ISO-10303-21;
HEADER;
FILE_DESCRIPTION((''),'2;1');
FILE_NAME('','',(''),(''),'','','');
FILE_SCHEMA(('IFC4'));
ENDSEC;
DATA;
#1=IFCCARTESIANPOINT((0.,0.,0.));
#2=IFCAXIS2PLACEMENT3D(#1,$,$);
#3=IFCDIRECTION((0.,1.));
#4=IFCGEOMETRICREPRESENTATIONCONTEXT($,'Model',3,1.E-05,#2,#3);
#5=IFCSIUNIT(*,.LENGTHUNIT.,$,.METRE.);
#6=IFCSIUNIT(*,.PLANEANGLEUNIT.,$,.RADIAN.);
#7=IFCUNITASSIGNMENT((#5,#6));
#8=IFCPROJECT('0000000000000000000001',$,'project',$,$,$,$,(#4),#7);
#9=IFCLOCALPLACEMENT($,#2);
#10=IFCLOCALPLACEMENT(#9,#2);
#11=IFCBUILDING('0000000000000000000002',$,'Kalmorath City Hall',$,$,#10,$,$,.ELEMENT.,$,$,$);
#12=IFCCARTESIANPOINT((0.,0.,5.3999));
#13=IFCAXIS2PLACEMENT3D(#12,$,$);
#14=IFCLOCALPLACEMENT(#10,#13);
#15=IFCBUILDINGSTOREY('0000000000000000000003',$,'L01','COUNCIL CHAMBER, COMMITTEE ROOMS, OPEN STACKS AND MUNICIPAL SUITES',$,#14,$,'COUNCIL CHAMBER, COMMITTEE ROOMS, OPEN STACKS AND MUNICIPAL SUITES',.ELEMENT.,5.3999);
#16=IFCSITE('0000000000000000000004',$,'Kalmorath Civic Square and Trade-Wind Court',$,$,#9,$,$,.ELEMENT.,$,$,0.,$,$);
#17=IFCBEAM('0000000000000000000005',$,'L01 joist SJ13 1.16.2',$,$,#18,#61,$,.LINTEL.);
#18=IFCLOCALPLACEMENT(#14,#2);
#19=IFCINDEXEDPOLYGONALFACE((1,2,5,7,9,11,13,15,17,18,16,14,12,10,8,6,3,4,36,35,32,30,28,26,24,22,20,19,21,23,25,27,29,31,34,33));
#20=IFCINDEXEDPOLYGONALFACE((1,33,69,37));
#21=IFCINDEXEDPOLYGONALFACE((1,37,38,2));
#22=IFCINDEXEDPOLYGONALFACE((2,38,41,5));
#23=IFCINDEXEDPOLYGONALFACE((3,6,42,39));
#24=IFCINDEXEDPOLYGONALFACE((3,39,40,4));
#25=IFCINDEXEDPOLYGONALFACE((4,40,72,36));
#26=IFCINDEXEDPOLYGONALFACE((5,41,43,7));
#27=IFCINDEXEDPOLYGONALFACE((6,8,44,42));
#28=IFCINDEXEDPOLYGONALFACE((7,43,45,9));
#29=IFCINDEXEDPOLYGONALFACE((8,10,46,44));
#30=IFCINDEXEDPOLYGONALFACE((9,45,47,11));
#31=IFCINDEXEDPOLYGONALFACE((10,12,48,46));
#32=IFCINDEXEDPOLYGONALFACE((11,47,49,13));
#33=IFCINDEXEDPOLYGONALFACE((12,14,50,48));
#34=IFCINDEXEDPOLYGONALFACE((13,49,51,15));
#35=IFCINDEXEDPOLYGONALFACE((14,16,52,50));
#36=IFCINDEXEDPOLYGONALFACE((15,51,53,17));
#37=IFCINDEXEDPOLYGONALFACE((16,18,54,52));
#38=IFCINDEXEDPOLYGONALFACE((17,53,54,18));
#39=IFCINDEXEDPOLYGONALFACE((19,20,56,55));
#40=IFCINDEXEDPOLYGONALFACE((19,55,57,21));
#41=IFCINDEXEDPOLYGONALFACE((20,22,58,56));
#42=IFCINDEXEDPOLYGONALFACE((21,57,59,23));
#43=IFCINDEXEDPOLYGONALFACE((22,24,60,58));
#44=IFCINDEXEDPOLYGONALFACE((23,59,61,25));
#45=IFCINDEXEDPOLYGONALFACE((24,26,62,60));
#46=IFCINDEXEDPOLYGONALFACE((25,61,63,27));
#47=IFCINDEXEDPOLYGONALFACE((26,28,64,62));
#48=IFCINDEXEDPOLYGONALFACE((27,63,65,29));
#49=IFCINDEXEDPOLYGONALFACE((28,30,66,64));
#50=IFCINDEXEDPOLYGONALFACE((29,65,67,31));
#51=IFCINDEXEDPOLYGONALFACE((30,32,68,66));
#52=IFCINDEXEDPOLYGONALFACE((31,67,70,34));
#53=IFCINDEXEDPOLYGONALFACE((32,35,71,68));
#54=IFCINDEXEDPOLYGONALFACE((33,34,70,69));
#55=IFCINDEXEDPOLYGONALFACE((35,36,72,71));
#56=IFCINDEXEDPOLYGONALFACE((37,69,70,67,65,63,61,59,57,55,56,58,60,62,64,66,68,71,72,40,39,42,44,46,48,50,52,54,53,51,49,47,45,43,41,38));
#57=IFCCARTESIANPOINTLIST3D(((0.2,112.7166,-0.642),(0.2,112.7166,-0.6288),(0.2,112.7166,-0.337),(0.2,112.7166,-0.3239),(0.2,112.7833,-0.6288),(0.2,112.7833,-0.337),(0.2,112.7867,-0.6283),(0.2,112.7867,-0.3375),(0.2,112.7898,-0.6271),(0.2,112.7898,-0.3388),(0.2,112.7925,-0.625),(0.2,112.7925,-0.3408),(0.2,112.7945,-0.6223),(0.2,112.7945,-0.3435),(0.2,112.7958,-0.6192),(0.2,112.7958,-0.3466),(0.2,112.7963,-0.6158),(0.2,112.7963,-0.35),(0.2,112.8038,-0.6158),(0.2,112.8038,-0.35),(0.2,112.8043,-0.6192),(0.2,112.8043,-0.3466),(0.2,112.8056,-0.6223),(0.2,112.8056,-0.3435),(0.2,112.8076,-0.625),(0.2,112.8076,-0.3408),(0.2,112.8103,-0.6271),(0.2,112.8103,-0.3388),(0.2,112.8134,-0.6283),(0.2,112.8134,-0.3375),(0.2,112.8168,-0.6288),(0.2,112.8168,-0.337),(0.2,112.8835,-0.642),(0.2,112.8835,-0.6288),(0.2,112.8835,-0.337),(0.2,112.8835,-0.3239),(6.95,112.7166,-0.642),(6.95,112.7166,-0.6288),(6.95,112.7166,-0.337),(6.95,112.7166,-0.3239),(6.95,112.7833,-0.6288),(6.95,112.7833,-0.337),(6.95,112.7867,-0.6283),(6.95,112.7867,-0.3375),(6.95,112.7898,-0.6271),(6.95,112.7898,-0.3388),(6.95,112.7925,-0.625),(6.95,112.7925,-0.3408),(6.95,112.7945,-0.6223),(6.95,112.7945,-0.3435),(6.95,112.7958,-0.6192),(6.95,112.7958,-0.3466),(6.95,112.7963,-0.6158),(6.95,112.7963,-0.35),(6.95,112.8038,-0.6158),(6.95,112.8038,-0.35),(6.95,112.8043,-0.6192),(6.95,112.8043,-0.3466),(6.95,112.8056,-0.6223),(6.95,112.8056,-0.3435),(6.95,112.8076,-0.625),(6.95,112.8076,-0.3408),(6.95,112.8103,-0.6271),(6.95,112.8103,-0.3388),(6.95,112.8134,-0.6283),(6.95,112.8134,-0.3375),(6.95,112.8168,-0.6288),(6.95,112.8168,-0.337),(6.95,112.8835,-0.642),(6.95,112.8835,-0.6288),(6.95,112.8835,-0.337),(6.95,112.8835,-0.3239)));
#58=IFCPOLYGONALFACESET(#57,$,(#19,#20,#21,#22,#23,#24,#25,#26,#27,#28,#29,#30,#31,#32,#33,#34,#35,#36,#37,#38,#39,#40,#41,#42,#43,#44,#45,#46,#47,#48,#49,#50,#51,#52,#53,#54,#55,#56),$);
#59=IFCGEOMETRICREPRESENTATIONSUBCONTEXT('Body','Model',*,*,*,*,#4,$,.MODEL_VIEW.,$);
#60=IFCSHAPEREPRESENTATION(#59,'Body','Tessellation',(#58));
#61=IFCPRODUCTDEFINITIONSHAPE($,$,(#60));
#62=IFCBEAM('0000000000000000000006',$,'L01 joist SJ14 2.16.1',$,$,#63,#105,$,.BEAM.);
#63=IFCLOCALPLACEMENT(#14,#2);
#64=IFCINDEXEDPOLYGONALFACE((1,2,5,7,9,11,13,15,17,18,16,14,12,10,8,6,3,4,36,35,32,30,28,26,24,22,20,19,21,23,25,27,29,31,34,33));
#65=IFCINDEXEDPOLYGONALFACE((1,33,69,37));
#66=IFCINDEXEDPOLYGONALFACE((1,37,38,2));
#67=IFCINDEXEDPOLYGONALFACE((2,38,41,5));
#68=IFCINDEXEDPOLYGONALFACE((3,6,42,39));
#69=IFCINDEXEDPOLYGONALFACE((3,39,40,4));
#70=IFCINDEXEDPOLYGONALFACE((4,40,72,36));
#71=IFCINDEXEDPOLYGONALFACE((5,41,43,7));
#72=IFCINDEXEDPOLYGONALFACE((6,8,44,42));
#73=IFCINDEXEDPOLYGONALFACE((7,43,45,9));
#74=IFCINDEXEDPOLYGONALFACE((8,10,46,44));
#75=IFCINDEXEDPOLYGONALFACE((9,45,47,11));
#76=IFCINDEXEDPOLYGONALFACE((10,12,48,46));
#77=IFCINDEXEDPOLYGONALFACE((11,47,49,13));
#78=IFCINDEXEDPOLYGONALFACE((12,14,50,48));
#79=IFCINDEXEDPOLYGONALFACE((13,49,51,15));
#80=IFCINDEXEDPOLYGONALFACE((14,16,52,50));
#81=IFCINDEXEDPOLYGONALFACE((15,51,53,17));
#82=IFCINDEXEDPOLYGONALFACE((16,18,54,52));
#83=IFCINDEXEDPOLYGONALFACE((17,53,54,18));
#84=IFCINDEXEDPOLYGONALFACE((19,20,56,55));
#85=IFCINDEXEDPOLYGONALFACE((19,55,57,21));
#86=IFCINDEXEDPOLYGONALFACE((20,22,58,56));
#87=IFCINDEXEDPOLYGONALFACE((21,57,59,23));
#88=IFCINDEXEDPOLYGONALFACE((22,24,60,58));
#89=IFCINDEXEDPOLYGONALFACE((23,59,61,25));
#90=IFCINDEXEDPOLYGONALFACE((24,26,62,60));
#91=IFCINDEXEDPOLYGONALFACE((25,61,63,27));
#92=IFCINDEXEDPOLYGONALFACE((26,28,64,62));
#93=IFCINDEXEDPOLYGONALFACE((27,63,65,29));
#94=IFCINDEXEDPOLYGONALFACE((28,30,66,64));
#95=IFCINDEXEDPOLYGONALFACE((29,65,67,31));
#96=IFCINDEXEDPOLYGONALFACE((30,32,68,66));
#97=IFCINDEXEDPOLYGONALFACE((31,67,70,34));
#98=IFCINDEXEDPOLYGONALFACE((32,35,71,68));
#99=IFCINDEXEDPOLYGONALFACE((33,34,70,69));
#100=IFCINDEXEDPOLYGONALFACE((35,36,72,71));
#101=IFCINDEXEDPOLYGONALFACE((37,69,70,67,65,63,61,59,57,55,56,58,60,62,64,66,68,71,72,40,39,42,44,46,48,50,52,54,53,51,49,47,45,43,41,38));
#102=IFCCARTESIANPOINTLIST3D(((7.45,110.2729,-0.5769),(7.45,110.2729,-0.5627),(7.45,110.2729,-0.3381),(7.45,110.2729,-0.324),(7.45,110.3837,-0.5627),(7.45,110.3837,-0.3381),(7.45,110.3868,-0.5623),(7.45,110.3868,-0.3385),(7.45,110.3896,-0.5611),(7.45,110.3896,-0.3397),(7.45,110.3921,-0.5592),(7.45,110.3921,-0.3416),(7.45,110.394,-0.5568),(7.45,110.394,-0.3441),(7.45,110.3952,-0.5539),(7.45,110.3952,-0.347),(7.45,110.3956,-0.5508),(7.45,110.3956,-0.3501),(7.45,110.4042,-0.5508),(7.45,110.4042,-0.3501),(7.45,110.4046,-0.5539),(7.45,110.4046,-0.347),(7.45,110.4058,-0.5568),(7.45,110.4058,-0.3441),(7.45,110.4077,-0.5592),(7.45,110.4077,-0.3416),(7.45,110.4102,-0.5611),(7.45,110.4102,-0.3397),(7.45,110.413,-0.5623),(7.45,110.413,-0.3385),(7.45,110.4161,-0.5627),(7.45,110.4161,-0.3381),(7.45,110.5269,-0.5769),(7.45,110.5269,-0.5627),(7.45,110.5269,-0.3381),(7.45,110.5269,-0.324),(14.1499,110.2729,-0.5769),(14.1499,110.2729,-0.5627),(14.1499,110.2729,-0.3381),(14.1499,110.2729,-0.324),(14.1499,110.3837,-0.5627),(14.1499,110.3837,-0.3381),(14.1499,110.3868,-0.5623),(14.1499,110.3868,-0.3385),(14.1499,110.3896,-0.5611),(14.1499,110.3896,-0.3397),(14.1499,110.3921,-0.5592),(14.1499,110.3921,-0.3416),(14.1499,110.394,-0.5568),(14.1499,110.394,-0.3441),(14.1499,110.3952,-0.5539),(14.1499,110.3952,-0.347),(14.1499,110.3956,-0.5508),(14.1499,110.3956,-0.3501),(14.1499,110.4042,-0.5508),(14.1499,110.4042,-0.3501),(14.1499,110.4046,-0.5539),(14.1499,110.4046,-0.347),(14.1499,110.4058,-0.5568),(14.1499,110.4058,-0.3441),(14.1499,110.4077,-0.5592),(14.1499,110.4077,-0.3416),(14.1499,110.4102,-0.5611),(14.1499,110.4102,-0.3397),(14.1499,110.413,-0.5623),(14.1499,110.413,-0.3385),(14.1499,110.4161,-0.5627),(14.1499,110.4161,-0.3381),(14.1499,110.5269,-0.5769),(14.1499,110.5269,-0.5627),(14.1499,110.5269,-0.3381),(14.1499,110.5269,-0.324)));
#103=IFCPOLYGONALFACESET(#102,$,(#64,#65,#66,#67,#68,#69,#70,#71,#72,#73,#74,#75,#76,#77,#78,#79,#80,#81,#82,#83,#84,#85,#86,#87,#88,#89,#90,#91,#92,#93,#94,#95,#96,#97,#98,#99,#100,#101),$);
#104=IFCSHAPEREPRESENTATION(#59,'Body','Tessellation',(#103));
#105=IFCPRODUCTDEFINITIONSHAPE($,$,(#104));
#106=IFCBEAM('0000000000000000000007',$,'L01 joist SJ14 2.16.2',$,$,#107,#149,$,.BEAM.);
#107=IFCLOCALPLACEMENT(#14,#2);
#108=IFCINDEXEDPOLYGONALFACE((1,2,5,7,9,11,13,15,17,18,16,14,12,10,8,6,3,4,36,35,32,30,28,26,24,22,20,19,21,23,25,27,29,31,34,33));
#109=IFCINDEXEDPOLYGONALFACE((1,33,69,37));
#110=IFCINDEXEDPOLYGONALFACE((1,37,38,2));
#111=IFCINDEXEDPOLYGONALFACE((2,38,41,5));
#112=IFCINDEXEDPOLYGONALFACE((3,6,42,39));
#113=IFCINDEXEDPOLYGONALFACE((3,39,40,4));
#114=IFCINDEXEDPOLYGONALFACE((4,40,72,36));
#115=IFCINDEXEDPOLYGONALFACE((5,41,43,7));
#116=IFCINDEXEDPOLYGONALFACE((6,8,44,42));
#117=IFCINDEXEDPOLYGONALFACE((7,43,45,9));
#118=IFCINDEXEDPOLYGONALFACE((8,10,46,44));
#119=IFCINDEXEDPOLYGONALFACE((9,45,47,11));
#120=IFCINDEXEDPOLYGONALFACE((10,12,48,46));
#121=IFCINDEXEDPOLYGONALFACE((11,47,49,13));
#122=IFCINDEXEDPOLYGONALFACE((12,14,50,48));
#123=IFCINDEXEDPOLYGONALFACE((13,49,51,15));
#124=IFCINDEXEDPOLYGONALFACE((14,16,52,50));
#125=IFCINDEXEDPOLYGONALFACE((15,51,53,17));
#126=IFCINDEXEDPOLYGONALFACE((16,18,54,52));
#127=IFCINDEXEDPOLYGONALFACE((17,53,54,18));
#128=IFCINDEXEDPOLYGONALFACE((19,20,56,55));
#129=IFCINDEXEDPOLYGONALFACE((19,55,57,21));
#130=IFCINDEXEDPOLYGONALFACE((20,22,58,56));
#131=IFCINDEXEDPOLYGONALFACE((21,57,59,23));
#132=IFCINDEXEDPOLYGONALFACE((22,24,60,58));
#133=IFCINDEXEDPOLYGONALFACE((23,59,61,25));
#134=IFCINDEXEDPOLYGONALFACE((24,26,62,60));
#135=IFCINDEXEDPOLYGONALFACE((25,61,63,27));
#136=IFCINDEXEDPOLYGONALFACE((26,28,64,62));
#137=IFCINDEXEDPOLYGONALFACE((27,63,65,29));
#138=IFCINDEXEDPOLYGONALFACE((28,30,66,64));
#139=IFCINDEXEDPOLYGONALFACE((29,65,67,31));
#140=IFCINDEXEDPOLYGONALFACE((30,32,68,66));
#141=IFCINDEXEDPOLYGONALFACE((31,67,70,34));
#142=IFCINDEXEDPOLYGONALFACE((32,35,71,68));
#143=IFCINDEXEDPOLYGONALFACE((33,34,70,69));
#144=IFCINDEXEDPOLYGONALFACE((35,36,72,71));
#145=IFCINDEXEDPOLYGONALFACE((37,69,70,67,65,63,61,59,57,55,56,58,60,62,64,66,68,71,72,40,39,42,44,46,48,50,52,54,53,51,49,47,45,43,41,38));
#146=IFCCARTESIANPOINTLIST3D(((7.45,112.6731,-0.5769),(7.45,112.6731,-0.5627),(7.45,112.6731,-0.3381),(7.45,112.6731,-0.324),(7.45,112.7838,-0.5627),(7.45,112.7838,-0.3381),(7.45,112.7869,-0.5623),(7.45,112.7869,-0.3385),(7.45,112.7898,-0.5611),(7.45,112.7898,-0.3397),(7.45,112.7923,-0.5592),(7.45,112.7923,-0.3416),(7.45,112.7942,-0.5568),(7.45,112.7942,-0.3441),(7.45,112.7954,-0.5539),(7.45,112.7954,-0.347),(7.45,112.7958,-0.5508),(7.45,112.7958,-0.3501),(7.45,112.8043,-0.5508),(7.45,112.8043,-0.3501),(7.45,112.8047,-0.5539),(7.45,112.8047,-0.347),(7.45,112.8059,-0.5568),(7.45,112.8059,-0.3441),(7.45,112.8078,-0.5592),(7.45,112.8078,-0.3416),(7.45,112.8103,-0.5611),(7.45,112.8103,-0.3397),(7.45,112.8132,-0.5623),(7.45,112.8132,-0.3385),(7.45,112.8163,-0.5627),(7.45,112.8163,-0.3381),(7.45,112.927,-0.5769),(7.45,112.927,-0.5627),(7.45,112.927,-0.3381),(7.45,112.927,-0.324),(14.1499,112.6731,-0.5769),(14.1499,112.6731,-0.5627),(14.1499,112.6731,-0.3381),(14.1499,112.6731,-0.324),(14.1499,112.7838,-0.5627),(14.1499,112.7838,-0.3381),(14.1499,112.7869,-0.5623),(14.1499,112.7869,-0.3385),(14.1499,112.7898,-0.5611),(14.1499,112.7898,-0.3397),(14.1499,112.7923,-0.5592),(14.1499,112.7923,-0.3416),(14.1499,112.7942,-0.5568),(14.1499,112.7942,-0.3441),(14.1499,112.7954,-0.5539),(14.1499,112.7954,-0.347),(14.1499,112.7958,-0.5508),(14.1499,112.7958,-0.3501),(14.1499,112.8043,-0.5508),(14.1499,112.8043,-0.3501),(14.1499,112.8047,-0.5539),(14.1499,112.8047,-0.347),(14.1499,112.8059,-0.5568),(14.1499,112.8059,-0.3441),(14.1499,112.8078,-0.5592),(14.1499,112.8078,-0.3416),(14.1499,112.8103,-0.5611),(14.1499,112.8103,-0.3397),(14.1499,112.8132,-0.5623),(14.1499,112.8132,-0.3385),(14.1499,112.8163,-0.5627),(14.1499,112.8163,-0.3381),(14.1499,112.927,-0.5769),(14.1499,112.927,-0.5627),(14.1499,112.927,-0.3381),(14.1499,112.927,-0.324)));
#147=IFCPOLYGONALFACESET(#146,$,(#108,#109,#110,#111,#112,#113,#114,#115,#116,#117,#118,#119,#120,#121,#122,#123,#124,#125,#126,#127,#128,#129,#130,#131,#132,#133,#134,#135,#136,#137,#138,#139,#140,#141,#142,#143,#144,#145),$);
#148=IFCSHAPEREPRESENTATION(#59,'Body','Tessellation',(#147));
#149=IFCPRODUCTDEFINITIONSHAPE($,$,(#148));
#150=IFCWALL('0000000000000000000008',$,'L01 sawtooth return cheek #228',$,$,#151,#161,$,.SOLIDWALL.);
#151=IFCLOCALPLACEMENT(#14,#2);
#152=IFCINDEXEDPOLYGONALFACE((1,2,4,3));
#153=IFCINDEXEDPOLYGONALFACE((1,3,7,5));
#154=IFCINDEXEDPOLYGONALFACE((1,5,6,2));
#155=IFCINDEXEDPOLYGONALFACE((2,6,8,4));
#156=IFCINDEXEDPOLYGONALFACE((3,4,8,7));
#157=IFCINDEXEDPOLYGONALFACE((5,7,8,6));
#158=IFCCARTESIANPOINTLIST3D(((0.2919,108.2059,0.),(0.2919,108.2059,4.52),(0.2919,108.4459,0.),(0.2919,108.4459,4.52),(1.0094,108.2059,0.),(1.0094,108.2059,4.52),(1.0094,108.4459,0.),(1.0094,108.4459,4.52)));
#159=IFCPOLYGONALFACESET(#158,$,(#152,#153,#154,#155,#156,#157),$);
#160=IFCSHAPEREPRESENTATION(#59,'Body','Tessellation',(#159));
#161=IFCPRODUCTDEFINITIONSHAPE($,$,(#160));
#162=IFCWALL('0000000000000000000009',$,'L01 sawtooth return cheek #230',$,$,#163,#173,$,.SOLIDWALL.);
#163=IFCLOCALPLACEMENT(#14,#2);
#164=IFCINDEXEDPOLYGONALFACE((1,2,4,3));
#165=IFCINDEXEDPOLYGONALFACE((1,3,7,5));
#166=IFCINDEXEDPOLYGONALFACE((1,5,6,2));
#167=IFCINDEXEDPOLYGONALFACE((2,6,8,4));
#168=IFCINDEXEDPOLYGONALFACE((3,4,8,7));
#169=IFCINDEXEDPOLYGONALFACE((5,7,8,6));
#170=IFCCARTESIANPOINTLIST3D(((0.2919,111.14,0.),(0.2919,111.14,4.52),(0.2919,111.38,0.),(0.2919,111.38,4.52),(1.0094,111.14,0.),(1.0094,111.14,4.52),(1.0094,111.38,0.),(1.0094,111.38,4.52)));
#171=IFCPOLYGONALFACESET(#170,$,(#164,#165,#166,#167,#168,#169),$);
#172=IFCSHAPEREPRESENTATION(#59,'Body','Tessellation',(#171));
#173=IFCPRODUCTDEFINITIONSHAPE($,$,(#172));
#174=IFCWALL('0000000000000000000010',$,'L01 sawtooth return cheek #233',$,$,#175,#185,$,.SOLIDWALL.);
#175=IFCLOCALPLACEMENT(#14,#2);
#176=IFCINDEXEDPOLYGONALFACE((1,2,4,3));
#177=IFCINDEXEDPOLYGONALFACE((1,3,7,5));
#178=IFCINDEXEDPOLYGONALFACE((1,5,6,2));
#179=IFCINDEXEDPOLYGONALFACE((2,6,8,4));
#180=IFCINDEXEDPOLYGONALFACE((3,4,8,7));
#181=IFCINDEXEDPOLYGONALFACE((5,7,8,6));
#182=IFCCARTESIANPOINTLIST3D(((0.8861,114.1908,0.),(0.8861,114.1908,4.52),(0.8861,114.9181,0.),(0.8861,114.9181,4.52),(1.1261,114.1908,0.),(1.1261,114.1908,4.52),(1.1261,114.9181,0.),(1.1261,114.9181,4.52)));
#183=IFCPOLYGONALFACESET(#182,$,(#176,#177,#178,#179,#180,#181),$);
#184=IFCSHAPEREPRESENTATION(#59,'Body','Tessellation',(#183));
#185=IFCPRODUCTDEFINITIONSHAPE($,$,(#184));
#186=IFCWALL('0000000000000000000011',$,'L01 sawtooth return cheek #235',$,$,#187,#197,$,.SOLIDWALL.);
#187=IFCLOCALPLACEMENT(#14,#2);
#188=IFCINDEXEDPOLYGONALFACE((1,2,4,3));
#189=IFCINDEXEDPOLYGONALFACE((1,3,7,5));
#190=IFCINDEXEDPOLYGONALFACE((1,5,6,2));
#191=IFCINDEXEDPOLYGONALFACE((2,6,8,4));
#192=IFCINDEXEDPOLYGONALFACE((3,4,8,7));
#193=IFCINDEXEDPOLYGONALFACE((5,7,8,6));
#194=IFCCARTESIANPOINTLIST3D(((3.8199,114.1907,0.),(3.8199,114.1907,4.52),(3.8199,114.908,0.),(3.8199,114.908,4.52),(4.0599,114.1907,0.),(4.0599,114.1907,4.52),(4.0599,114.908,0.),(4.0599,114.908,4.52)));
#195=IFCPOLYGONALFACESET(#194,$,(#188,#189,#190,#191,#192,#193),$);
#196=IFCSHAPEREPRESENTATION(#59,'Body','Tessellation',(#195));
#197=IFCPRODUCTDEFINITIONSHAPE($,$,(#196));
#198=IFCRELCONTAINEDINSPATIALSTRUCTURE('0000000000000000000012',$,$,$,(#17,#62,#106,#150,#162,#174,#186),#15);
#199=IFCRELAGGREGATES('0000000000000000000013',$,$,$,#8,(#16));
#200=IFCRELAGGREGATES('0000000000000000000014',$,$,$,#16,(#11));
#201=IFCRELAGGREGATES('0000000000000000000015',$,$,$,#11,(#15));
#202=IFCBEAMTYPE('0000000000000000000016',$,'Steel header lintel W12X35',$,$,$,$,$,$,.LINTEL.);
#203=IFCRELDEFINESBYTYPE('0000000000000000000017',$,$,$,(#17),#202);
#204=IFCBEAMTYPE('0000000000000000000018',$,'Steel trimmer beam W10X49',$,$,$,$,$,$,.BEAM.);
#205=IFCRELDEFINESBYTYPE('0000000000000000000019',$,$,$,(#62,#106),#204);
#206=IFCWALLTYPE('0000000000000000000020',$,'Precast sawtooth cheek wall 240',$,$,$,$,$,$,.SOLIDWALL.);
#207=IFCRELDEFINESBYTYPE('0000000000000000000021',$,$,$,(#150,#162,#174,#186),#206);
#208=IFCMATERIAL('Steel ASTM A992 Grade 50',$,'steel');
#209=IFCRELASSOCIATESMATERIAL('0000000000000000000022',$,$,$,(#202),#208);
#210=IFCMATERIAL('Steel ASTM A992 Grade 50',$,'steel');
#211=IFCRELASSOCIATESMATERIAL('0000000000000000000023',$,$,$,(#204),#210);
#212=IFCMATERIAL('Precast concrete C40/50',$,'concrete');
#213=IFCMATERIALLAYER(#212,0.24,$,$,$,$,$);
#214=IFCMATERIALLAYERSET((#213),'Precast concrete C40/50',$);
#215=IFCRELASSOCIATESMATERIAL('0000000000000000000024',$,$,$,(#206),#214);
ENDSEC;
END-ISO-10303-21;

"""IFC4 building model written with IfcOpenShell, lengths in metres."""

from ifc_helpers import new_model, si_unit, direction, frame, frame_2d, origin, origin_2d, place, context, subcontext, project, spatial, rectangle, i_section, extrude, material, layer, layer_set, material_profile, profile_set, type_object, element, save


model = new_model("IFC4")

# Units and contexts
model_context = context("Model", 3, precision=1e-05, world=origin(), true_north=direction((0.0, 1.0)))
body_context = subcontext(model_context, "Body", "Model", "MODEL_VIEW")
ifc_project = project(units=[si_unit("LENGTHUNIT", "METRE"), si_unit("PLANEANGLEUNIT", "RADIAN")], contexts=[model_context])

# Site, building, storey
site_placement = place(None, origin())
site = spatial("IfcSite", under=ifc_project, at=site_placement, Name="Kalmorath Civic Square and Trade-Wind Court", CompositionType="ELEMENT", RefElevation=0.0)
building_placement = place(site_placement, origin())
building = spatial("IfcBuilding", under=site, at=building_placement, Name="Kalmorath City Hall", CompositionType="ELEMENT")
storey_placement = place(building_placement, frame((0.0, 0.0, 5.3999)))
storey = spatial("IfcBuildingStorey", under=building, at=storey_placement, Name="L01", Description="COUNCIL CHAMBER, COMMITTEE ROOMS, OPEN STACKS AND MUNICIPAL SUITES", LongName="COUNCIL CHAMBER, COMMITTEE ROOMS, OPEN STACKS AND MUNICIPAL SUITES", CompositionType="ELEMENT", Elevation=5.3999)

# Beams
ifc_material_1 = material(Name="Steel ASTM A992 Grade 50", Category="steel")
ifc_material_profile_1 = material_profile(ifc_material_1, i_section(OverallWidth=0.167, OverallDepth=0.3181, WebThickness=0.0076, FlangeThickness=0.0132, FilletRadius=0.0129, at=origin_2d()), Name="W12X35")
ifc_profile_set_1 = profile_set([ifc_material_profile_1], Name="Steel ASTM A992 Grade 50")
beam_type_1 = type_object("IfcBeamType", Name="Steel header lintel W12X35", PredefinedType="LINTEL", material=ifc_profile_set_1)
for number, where, z_axis, x_axis, name in (
    (1, (0.2, 112.8, -0.4829), (1.0, 0.0, 0.0), (0.0, 1.0, 0.0), "L01 joist SJ13 1.16.2"),
):
    element("IfcBeam", number, at=place(storey_placement, frame(where, z_axis=z_axis, x_axis=x_axis)), inside=storey, type_object=beam_type_1, Name=name, PredefinedType="LINTEL", context=body_context, shape_type="SweptSolid", body=[
        extrude(i_section(OverallWidth=0.167, OverallDepth=0.3181, WebThickness=0.0076, FlangeThickness=0.0132, FilletRadius=0.0129, at=origin_2d()), origin(), (0.0, 0.0, 1.0), 6.75),
    ])
ifc_material_2 = material(Name="Steel ASTM A992 Grade 50", Category="steel")
ifc_material_profile_2 = material_profile(ifc_material_2, i_section(OverallWidth=0.2539, OverallDepth=0.2529, WebThickness=0.0085, FlangeThickness=0.0142, FilletRadius=0.012, at=origin_2d()), Name="W10X49")
ifc_profile_set_2 = profile_set([ifc_material_profile_2], Name="Steel ASTM A992 Grade 50")
beam_type_2 = type_object("IfcBeamType", Name="Steel trimmer beam W10X49", PredefinedType="BEAM", material=ifc_profile_set_2)
for number, where, z_axis, x_axis, name in (
    (2, (7.45, 110.3999, -0.4504), (1.0, 0.0, 0.0), (0.0, 1.0, 0.0), "L01 joist SJ14 2.16.1"),
    (3, (7.45, 112.8, -0.4504), (1.0, 0.0, 0.0), (0.0, 1.0, 0.0), "L01 joist SJ14 2.16.2"),
):
    element("IfcBeam", number, at=place(storey_placement, frame(where, z_axis=z_axis, x_axis=x_axis)), inside=storey, type_object=beam_type_2, Name=name, PredefinedType="BEAM", context=body_context, shape_type="SweptSolid", body=[
        extrude(i_section(OverallWidth=0.2539, OverallDepth=0.2529, WebThickness=0.0085, FlangeThickness=0.0142, FilletRadius=0.012, at=origin_2d()), origin(), (0.0, 0.0, 1.0), 6.7),
    ])

# Walls
ifc_material_3 = material(Name="Precast concrete C40/50", Category="concrete")
ifc_layer_1 = layer(ifc_material_3, 0.24)
ifc_layer_set_1 = layer_set([ifc_layer_1], Name="Precast concrete C40/50")
wall_type_1 = type_object("IfcWallType", Name="Precast sawtooth cheek wall 240", PredefinedType="SOLIDWALL", material=ifc_layer_set_1)
for number, where, z_axis, x_axis, name in (
    (4, (1.0095, 108.3259, 0.0), (0.0, 0.0, 1.0), (-1.0, 0.0, 0.0), "L01 sawtooth return cheek #228"),
    (5, (1.0095, 111.26, 0.0), (0.0, 0.0, 1.0), (-1.0, 0.0, 0.0), "L01 sawtooth return cheek #230"),
):
    element("IfcWall", number, at=place(storey_placement, frame(where, z_axis=z_axis, x_axis=x_axis)), inside=storey, type_object=wall_type_1, Name=name, PredefinedType="SOLIDWALL", context=body_context, shape_type="SweptSolid", body=[
        extrude(rectangle(XDim=0.7175, YDim=0.24, at=frame_2d((0.3589, 0.0))), origin(), (0.0, 0.0, 1.0), 4.52),
    ])
wall_1_placement = place(storey_placement, frame((1.0061, 114.1907, 0.0), z_axis=(0.0, 0.0, 1.0), x_axis=(0.0, 1.0, 0.0)))
element("IfcWall", 6, at=wall_1_placement, inside=storey, type_object=wall_type_1, Name="L01 sawtooth return cheek #233", PredefinedType="SOLIDWALL", context=body_context, shape_type="SweptSolid", body=[
    extrude(rectangle(XDim=0.7273, YDim=0.24, at=frame_2d((0.3638, 0.0))), origin(), (0.0, 0.0, 1.0), 4.52),
])
wall_2_placement = place(storey_placement, frame((3.9399, 114.1907, 0.0), z_axis=(0.0, 0.0, 1.0), x_axis=(0.0, 1.0, 0.0)))
element("IfcWall", 7, at=wall_2_placement, inside=storey, type_object=wall_type_1, Name="L01 sawtooth return cheek #235", PredefinedType="SOLIDWALL", context=body_context, shape_type="SweptSolid", body=[
    extrude(rectangle(XDim=0.7173, YDim=0.24, at=frame_2d((0.3586, 0.0))), origin(), (0.0, 0.0, 1.0), 4.52),
])

save(model, "model.ifc")
